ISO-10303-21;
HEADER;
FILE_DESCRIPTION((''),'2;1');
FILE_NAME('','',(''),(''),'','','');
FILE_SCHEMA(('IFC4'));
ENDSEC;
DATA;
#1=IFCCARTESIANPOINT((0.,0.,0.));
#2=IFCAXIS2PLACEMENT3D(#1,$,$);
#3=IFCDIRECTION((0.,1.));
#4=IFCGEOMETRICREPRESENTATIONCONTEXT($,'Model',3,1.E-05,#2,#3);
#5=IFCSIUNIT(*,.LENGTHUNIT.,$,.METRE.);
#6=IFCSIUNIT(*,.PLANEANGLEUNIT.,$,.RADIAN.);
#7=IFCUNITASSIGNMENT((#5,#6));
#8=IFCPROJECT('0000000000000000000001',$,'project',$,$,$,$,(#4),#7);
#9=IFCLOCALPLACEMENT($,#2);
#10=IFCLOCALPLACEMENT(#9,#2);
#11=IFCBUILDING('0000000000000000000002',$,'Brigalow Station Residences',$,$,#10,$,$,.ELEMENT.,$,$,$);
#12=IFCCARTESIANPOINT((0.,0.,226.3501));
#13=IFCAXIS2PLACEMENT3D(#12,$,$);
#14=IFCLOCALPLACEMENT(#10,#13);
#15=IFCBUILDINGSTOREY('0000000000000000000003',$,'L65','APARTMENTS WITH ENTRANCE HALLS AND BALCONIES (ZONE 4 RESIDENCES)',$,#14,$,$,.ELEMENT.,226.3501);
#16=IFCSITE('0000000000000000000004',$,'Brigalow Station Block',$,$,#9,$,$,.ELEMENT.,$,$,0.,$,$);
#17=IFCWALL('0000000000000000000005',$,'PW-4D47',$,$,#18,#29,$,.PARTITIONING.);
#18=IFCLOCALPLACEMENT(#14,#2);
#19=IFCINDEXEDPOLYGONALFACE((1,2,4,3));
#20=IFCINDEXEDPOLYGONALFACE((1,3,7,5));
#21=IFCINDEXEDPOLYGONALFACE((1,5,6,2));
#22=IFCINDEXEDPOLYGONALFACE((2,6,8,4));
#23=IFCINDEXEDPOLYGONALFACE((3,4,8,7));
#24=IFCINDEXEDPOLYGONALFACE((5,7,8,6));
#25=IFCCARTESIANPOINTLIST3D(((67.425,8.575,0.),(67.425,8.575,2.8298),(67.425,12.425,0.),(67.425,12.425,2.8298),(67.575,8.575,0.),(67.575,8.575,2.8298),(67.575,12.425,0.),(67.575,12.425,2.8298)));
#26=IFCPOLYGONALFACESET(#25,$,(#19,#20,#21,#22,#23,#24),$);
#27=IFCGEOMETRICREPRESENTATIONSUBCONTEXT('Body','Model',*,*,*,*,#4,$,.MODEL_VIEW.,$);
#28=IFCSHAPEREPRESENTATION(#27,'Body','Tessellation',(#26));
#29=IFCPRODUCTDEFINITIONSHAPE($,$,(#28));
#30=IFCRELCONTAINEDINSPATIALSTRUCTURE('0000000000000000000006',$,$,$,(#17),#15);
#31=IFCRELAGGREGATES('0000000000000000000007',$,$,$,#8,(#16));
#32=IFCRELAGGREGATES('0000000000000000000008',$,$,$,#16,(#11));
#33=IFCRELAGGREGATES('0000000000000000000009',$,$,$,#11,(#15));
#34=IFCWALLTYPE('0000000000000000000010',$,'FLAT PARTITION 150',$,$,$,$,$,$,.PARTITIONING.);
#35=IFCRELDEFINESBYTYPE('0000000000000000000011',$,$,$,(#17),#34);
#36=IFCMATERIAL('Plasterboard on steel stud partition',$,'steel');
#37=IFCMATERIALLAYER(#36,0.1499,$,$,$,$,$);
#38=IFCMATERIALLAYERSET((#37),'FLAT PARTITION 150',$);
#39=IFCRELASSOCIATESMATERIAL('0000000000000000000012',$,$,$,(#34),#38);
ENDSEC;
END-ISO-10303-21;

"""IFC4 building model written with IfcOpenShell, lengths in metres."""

from ifc_helpers import new_model, si_unit, direction, frame, frame_2d, origin, place, context, subcontext, project, spatial, rectangle, extrude, material, layer, layer_set, type_object, element, save


model = new_model("IFC4")

# Units and contexts
model_context = context("Model", 3, precision=1e-05, world=origin(), true_north=direction((0.0, 1.0)))
body_context = subcontext(model_context, "Body", "Model", "MODEL_VIEW")
ifc_project = project(units=[si_unit("LENGTHUNIT", "METRE"), si_unit("PLANEANGLEUNIT", "RADIAN")], contexts=[model_context])

# Site, building, storey
site_placement = place(None, origin())
site = spatial("IfcSite", under=ifc_project, at=site_placement, Name="Brigalow Station Block", CompositionType="ELEMENT", RefElevation=0.0)
building_placement = place(site_placement, origin())
building = spatial("IfcBuilding", under=site, at=building_placement, Name="Brigalow Station Residences", CompositionType="ELEMENT")
storey_placement = place(building_placement, frame((0.0, 0.0, 226.3501)))
storey = spatial("IfcBuildingStorey", under=building, at=storey_placement, Name="L65", Description="APARTMENTS WITH ENTRANCE HALLS AND BALCONIES (ZONE 4 RESIDENCES)", CompositionType="ELEMENT", Elevation=226.3501)

# Wall
ifc_material_1 = material(Name="Plasterboard on steel stud partition", Category="steel")
ifc_layer_1 = layer(ifc_material_1, 0.1499)
ifc_layer_set_1 = layer_set([ifc_layer_1], Name="FLAT PARTITION 150")
wall_type_1 = type_object("IfcWallType", Name="FLAT PARTITION 150", PredefinedType="PARTITIONING", material=ifc_layer_set_1)
wall_1_placement = place(storey_placement, frame((67.5, 8.575, 0.0), z_axis=(0.0, 0.0, 1.0), x_axis=(0.0, 1.0, 0.0)))
element("IfcWall", 1, at=wall_1_placement, inside=storey, type_object=wall_type_1, Name="PW-4D47", PredefinedType="PARTITIONING", context=body_context, shape_type="SweptSolid", body=[
    extrude(rectangle(XDim=3.8501, YDim=0.1499, at=frame_2d((1.925, 0.0))), origin(), (0.0, 0.0, 1.0), 2.8298),
])

save(model, "model.ifc")
